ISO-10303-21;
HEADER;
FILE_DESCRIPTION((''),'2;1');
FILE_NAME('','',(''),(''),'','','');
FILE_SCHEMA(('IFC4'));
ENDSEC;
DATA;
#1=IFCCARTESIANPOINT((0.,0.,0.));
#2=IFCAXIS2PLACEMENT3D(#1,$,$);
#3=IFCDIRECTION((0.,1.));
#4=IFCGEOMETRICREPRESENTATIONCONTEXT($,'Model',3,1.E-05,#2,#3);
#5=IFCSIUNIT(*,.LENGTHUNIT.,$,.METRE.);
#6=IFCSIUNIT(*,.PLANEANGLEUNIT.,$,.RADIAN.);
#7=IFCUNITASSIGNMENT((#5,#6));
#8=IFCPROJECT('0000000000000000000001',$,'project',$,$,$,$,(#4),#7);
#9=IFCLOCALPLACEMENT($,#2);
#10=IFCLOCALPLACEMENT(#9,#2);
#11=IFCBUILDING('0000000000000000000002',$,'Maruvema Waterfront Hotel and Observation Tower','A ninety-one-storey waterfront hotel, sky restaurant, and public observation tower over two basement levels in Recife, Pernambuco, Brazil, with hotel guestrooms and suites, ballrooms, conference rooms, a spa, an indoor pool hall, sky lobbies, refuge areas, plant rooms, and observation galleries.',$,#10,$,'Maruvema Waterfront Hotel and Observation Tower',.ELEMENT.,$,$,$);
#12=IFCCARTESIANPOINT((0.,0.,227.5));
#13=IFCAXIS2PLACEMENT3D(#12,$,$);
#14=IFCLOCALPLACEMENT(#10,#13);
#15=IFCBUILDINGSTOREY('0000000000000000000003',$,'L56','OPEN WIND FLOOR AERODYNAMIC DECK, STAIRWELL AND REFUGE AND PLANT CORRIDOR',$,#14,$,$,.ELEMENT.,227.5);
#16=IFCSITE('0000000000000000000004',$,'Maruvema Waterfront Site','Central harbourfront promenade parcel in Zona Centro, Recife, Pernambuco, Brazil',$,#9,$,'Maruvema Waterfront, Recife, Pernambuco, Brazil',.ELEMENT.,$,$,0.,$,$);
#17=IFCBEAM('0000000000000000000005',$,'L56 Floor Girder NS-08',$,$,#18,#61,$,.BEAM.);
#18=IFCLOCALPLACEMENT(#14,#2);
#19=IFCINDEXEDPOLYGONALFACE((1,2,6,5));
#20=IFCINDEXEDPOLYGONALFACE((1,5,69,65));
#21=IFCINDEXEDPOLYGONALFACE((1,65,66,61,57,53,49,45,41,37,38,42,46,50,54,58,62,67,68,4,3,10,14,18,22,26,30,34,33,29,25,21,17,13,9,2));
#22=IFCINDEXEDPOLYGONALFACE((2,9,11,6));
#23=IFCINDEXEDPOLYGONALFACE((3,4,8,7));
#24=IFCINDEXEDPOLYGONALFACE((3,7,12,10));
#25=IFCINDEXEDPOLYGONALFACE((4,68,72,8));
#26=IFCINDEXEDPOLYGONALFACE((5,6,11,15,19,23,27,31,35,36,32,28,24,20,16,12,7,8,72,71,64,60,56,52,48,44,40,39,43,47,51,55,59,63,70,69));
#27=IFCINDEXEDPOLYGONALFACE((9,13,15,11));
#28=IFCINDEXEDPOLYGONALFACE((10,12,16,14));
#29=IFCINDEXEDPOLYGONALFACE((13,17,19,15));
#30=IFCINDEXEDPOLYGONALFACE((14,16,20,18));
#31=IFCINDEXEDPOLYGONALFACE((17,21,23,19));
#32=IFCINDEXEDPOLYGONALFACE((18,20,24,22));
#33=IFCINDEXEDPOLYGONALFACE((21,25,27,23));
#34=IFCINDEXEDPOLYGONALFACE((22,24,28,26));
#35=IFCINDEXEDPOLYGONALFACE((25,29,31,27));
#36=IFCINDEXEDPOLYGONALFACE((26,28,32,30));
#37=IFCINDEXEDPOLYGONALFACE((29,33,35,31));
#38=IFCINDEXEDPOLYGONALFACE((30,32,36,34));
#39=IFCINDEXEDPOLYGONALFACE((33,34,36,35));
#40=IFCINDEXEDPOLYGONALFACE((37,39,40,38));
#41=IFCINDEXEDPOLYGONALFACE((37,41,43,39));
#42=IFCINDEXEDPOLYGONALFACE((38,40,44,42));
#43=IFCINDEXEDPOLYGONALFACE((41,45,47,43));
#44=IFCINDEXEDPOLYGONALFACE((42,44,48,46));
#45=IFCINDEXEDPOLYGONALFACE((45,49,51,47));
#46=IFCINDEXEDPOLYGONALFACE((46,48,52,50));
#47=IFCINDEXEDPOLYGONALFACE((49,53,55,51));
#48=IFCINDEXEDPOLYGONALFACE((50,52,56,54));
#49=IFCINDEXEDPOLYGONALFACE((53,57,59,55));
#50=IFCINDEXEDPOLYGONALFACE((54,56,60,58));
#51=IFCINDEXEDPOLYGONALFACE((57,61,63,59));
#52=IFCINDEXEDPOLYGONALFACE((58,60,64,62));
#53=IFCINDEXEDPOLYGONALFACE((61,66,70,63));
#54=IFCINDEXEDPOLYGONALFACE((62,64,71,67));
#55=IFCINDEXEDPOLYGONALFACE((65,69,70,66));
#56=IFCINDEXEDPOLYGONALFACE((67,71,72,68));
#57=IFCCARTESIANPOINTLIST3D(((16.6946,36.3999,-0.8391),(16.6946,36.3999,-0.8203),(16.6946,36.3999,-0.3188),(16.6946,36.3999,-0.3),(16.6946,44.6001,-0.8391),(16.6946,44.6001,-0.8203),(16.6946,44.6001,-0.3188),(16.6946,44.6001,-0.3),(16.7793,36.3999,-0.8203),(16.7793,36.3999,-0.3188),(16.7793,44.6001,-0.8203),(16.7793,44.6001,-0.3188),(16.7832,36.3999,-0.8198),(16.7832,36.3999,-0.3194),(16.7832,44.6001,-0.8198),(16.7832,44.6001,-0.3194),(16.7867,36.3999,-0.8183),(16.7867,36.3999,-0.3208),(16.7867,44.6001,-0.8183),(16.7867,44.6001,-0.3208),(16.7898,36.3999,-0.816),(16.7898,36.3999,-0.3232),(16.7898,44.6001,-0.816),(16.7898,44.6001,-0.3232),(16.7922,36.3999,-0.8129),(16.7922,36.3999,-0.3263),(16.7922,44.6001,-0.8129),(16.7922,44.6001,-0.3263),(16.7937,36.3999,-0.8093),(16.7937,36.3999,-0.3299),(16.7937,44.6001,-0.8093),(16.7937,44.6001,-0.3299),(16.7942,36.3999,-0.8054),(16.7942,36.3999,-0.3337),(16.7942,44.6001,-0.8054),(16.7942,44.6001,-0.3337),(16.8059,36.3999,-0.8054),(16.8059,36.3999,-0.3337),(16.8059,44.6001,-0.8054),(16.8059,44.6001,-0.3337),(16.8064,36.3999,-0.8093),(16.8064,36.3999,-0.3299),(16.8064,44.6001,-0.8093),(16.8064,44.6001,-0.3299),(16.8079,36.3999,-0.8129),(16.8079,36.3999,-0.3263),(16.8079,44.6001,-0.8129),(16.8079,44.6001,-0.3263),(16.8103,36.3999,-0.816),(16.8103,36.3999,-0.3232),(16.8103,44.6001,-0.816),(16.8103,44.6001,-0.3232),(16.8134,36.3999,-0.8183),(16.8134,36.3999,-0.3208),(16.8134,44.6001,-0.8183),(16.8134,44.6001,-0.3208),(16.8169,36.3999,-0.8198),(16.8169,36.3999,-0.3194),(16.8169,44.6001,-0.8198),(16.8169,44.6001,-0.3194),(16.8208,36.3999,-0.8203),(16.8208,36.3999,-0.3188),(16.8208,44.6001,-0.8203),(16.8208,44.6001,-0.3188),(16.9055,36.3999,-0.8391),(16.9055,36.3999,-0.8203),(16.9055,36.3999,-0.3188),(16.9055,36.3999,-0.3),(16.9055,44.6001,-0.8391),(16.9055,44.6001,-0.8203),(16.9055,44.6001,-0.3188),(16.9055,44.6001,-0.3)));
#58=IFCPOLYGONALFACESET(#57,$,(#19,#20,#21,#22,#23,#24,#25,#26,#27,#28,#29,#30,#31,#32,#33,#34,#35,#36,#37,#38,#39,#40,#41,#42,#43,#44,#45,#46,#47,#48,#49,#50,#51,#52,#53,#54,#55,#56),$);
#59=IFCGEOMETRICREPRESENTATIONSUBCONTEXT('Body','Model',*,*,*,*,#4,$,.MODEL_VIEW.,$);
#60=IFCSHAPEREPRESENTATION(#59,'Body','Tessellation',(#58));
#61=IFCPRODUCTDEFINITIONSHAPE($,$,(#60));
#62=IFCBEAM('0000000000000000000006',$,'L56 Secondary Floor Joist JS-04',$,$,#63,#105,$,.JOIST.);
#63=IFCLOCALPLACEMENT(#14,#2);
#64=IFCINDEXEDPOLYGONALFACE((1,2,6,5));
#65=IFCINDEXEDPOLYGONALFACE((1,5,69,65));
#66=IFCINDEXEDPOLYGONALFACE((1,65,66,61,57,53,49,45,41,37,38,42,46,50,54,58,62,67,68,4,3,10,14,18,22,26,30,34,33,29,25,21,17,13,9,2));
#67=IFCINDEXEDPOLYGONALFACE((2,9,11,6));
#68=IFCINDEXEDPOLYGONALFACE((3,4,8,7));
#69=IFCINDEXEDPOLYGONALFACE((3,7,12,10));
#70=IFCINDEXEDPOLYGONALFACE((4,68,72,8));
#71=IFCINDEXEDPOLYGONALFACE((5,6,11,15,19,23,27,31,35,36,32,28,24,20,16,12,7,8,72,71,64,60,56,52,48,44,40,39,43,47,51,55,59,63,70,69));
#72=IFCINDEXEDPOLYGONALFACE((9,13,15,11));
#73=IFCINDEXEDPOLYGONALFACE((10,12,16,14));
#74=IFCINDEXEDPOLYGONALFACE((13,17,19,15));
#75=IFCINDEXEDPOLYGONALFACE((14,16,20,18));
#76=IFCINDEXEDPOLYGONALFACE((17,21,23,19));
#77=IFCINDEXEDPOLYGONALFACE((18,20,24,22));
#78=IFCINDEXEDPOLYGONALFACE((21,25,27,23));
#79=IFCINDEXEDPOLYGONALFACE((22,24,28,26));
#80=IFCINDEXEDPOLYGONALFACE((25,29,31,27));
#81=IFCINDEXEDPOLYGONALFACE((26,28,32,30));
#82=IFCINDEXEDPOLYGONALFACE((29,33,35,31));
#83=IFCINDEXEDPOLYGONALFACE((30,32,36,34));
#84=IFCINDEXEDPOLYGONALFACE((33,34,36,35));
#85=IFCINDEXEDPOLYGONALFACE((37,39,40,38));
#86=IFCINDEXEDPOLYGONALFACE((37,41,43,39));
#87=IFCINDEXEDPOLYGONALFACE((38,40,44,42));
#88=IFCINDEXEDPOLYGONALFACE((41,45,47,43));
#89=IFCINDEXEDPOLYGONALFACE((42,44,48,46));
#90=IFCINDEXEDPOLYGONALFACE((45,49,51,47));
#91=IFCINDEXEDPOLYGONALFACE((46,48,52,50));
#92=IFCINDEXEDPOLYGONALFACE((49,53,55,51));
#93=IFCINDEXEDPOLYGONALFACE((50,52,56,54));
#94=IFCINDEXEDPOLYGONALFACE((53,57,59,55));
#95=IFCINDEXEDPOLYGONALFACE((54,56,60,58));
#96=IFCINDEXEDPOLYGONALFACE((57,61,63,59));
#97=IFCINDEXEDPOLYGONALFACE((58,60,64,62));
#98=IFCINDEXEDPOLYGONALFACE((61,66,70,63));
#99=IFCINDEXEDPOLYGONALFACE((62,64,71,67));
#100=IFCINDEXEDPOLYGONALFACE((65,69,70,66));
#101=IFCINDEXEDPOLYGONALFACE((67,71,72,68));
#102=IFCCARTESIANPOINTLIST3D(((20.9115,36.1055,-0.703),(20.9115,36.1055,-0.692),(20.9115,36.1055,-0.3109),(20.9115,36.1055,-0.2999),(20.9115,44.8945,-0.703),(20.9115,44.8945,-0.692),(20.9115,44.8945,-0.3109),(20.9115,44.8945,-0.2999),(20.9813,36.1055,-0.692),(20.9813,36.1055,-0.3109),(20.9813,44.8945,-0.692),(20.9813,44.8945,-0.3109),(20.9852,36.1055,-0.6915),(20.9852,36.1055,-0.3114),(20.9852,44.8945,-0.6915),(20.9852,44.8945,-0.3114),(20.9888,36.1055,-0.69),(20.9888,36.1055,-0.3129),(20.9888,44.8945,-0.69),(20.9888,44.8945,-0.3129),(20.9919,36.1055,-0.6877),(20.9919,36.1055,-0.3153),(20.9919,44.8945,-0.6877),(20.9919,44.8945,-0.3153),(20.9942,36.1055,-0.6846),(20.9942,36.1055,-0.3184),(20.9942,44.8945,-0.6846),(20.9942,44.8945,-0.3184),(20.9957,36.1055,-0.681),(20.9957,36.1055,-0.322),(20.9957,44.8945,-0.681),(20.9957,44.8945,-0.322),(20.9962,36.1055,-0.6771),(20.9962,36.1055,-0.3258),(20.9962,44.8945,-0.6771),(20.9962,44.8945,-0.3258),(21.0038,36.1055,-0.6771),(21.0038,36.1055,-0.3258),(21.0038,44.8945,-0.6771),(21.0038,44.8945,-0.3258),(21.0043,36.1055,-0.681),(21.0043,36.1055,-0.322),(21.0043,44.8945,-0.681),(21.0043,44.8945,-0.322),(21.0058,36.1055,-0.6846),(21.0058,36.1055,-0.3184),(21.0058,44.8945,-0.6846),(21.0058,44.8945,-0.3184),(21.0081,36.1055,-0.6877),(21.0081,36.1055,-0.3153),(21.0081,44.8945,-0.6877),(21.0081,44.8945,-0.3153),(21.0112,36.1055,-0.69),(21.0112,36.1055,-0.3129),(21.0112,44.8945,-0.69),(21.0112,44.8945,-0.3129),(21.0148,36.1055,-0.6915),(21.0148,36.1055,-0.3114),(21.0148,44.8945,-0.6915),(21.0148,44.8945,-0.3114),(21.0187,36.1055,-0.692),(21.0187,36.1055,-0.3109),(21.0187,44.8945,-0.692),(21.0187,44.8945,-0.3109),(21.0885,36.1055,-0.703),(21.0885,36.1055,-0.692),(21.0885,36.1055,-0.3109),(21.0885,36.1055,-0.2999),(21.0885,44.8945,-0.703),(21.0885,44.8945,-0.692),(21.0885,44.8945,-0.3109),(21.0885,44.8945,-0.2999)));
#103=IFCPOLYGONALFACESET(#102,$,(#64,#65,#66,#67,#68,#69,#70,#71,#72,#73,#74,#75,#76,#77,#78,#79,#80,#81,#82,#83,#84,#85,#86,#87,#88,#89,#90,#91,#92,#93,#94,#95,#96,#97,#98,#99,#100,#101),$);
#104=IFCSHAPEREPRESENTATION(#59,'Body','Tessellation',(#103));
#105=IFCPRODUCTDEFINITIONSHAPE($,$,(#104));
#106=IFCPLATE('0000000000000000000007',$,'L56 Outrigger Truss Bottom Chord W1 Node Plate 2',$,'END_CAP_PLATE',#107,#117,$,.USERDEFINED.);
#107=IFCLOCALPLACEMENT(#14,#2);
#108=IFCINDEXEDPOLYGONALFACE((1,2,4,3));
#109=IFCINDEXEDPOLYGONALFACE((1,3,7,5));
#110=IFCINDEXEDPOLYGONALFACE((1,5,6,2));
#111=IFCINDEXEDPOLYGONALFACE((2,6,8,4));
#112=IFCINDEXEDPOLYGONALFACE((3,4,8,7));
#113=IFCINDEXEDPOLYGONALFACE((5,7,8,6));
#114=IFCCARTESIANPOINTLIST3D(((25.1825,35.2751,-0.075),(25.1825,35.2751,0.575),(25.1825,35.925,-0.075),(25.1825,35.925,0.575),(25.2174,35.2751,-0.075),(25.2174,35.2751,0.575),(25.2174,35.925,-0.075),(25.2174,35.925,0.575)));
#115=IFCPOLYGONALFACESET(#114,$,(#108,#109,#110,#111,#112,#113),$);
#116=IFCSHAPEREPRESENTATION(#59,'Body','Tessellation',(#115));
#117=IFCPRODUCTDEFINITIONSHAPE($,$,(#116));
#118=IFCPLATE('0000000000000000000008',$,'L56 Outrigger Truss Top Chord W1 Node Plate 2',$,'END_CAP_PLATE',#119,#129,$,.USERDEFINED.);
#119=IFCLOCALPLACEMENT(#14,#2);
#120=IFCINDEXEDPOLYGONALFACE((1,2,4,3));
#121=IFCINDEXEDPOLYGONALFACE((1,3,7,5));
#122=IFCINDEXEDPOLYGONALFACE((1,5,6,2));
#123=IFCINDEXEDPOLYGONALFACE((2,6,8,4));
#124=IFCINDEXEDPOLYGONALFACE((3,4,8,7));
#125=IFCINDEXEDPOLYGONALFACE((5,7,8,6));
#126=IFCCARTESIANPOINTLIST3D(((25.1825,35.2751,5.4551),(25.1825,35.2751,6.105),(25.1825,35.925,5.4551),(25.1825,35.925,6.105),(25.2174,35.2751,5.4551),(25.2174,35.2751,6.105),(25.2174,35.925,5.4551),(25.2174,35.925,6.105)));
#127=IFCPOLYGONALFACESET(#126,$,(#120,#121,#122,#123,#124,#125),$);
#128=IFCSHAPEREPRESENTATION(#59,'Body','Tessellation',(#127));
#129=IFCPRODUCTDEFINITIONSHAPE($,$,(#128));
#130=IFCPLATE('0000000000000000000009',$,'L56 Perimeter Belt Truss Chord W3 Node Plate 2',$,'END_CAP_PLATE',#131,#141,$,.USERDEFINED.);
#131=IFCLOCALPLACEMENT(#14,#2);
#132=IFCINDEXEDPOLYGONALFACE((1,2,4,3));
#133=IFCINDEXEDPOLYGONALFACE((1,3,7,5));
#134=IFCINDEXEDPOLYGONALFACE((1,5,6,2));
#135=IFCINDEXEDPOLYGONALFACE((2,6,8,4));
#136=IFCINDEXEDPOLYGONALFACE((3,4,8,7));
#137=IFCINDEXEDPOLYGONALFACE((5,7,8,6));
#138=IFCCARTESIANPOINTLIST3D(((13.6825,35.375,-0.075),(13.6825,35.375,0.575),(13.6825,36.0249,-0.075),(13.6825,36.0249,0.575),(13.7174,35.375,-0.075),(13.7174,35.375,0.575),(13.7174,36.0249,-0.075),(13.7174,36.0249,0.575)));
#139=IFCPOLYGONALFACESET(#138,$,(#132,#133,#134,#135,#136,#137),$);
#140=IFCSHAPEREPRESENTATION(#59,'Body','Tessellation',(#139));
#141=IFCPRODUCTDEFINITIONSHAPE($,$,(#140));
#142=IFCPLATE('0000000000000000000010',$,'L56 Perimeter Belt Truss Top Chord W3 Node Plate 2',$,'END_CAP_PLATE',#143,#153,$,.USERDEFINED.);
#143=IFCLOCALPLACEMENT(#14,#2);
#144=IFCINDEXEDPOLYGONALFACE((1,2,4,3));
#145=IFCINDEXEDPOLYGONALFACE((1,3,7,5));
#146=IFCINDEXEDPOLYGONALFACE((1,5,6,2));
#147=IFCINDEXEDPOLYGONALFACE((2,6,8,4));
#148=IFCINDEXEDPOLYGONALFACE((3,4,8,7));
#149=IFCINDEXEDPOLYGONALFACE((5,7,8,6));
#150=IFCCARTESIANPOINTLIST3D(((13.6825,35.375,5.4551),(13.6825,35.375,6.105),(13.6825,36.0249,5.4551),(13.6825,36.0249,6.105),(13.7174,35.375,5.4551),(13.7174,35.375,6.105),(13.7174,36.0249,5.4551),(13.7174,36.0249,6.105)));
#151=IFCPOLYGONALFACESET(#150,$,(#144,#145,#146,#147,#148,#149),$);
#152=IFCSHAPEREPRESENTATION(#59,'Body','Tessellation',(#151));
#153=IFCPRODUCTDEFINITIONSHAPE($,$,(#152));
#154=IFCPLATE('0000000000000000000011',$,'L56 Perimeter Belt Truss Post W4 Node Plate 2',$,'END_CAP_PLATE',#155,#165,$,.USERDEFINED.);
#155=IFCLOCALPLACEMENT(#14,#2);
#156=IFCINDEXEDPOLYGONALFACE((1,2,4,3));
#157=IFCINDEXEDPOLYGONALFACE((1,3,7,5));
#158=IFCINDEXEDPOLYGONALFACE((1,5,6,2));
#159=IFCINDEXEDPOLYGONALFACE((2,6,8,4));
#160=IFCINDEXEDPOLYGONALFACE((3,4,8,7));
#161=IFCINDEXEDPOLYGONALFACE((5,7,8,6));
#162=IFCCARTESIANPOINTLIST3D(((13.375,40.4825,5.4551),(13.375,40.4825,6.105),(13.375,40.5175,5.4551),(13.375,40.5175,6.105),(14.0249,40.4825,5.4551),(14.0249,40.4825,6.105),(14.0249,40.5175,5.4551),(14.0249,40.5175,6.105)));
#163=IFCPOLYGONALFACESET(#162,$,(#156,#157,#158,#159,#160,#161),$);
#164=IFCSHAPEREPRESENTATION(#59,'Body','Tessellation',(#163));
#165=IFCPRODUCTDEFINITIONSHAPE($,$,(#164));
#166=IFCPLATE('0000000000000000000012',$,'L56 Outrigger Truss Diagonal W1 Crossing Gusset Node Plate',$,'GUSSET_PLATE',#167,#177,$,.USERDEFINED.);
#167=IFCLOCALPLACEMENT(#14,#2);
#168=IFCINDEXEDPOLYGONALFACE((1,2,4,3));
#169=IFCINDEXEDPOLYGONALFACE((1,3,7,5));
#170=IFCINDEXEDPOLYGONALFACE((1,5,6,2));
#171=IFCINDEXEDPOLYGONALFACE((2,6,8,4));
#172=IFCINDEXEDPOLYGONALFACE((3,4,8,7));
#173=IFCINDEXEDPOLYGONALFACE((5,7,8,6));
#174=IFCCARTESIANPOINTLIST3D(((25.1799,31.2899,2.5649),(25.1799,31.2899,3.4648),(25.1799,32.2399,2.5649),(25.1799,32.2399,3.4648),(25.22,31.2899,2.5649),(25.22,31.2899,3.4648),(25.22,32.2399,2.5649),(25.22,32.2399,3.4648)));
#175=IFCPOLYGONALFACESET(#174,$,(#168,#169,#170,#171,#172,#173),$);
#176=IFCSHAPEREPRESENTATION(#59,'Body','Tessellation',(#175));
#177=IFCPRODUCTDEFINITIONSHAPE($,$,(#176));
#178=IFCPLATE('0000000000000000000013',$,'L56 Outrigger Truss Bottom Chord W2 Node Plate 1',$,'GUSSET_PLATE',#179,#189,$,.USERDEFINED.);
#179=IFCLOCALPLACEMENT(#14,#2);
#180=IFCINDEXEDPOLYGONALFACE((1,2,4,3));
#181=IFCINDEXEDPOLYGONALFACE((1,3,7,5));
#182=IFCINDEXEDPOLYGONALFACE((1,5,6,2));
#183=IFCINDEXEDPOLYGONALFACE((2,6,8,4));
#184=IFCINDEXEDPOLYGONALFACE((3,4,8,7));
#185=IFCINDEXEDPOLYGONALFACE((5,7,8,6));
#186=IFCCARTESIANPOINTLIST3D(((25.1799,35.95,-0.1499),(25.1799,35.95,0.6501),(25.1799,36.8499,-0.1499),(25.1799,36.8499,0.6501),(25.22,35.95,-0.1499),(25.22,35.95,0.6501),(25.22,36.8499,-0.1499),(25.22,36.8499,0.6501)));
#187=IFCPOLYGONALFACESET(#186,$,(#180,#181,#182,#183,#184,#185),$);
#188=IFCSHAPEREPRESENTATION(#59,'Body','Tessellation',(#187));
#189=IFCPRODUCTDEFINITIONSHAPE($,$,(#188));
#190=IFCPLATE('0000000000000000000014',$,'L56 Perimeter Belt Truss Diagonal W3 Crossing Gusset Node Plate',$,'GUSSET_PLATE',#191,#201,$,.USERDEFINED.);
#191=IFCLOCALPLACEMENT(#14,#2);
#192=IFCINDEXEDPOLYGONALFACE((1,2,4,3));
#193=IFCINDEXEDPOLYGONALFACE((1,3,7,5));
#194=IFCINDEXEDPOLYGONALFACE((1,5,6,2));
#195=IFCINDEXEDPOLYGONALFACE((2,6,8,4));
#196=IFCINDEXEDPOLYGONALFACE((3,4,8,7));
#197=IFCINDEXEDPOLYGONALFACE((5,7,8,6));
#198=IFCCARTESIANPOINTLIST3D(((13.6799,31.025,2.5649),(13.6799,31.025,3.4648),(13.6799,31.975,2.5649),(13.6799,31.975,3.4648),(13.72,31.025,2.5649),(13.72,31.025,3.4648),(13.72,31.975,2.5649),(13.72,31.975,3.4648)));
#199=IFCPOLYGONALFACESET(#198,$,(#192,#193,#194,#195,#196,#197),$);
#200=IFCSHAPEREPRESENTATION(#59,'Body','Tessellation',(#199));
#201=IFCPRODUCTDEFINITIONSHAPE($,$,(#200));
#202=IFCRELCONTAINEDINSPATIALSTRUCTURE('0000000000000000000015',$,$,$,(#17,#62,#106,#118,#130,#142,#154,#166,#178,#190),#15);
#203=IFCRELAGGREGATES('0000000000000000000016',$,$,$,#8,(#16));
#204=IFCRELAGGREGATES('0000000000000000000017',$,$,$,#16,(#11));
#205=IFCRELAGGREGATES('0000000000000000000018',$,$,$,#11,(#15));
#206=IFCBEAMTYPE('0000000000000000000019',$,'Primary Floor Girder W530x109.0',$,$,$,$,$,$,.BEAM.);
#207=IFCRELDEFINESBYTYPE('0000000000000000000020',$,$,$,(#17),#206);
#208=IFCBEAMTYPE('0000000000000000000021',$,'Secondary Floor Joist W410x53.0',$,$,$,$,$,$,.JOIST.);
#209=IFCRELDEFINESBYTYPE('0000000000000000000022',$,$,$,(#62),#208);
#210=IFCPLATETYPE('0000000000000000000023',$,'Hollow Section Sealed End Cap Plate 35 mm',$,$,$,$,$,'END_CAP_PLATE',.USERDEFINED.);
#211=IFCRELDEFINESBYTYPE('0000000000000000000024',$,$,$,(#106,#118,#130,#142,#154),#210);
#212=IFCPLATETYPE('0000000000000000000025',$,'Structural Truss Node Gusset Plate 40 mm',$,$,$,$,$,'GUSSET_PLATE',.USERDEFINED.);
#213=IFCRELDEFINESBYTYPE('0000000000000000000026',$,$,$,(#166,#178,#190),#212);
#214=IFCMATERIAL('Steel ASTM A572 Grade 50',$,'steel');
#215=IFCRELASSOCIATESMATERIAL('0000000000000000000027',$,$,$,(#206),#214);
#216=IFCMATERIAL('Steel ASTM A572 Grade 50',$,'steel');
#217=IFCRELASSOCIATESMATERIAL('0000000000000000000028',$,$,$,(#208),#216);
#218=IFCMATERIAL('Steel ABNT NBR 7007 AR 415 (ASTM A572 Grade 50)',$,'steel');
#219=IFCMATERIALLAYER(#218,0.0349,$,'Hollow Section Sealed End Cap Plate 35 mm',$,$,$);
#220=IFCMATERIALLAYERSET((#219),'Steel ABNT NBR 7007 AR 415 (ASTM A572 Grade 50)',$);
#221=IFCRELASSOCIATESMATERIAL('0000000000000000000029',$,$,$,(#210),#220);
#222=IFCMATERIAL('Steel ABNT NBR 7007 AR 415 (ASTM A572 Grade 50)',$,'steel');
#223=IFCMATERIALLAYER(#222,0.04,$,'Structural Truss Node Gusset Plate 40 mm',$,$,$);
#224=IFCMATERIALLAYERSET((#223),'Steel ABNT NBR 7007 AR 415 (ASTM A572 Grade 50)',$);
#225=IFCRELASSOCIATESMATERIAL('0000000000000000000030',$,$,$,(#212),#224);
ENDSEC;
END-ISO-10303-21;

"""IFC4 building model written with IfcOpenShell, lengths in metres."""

from ifc_helpers import new_model, si_unit, direction, frame, origin, origin_2d, place, context, subcontext, project, spatial, rectangle, i_section, extrude, material, layer, layer_set, material_profile, profile_set, type_object, element, save


model = new_model("IFC4")

# Units and contexts
model_context = context("Model", 3, precision=1e-05, world=origin(), true_north=direction((0.0, 1.0)))
body_context = subcontext(model_context, "Body", "Model", "MODEL_VIEW")
ifc_project = project(units=[si_unit("LENGTHUNIT", "METRE"), si_unit("PLANEANGLEUNIT", "RADIAN")], contexts=[model_context])

# Site, building, storey
site_placement = place(None, origin())
site = spatial("IfcSite", under=ifc_project, at=site_placement, Name="Maruvema Waterfront Site", Description="Central harbourfront promenade parcel in Zona Centro, Recife, Pernambuco, Brazil", LongName="Maruvema Waterfront, Recife, Pernambuco, Brazil", CompositionType="ELEMENT", RefElevation=0.0)
building_placement = place(site_placement, origin())
building = spatial("IfcBuilding", under=site, at=building_placement, Name="Maruvema Waterfront Hotel and Observation Tower", Description="A ninety-one-storey waterfront hotel, sky restaurant, and public observation tower over two basement levels in Recife, Pernambuco, Brazil, with hotel guestrooms and suites, ballrooms, conference rooms, a spa, an indoor pool hall, sky lobbies, refuge areas, plant rooms, and observation galleries.", LongName="Maruvema Waterfront Hotel and Observation Tower", CompositionType="ELEMENT")
storey_placement = place(building_placement, frame((0.0, 0.0, 227.5)))
storey = spatial("IfcBuildingStorey", under=building, at=storey_placement, Name="L56", Description="OPEN WIND FLOOR AERODYNAMIC DECK, STAIRWELL AND REFUGE AND PLANT CORRIDOR", CompositionType="ELEMENT", Elevation=227.5)

# Beams
ifc_material_1 = material(Name="Steel ASTM A572 Grade 50", Category="steel")
ifc_material_profile_1 = material_profile(ifc_material_1, i_section(OverallWidth=0.2109, OverallDepth=0.5391, WebThickness=0.0117, FlangeThickness=0.0188, FilletRadius=0.0149, at=origin_2d()), Name="W530x109.0")
ifc_profile_set_1 = profile_set([ifc_material_profile_1], Name="Steel ASTM A572 Grade 50")
beam_type_1 = type_object("IfcBeamType", Name="Primary Floor Girder W530x109.0", PredefinedType="BEAM", material=ifc_profile_set_1)
beam_1_placement = place(storey_placement, frame((16.8, 36.3999, -0.5696), z_axis=(0.0, 1.0, 0.0), x_axis=(-1.0, 0.0, 0.0)))
element("IfcBeam", 1, at=beam_1_placement, inside=storey, type_object=beam_type_1, Name="L56 Floor Girder NS-08", PredefinedType="BEAM", context=body_context, shape_type="SweptSolid", body=[
    extrude(i_section(OverallWidth=0.2109, OverallDepth=0.5391, WebThickness=0.0117, FlangeThickness=0.0188, FilletRadius=0.0149, at=origin_2d()), origin(), (0.0, 0.0, 1.0), 8.2002),
])
ifc_material_2 = material(Name="Steel ASTM A572 Grade 50", Category="steel")
ifc_material_profile_2 = material_profile(ifc_material_2, i_section(OverallWidth=0.177, OverallDepth=0.4031, WebThickness=0.0076, FlangeThickness=0.011, FilletRadius=0.0149, at=origin_2d()), Name="W410x53.0")
ifc_profile_set_2 = profile_set([ifc_material_profile_2], Name="Steel ASTM A572 Grade 50")
beam_type_2 = type_object("IfcBeamType", Name="Secondary Floor Joist W410x53.0", PredefinedType="JOIST", material=ifc_profile_set_2)
beam_2_placement = place(storey_placement, frame((21.0, 36.1055, -0.5015), z_axis=(0.0, 1.0, 0.0), x_axis=(-1.0, 0.0, 0.0)))
element("IfcBeam", 2, at=beam_2_placement, inside=storey, type_object=beam_type_2, Name="L56 Secondary Floor Joist JS-04", PredefinedType="JOIST", context=body_context, shape_type="SweptSolid", body=[
    extrude(i_section(OverallWidth=0.177, OverallDepth=0.4031, WebThickness=0.0076, FlangeThickness=0.011, FilletRadius=0.0149, at=origin_2d()), origin(), (0.0, 0.0, 1.0), 8.7891),
])

# Plates
ifc_material_3 = material(Name="Steel ABNT NBR 7007 AR 415 (ASTM A572 Grade 50)", Category="steel")
ifc_layer_1 = layer(ifc_material_3, 0.0349, Name="Hollow Section Sealed End Cap Plate 35 mm")
ifc_layer_set_1 = layer_set([ifc_layer_1], Name="Steel ABNT NBR 7007 AR 415 (ASTM A572 Grade 50)")
plate_type_1 = type_object("IfcPlateType", Name="Hollow Section Sealed End Cap Plate 35 mm", ElementType="END_CAP_PLATE", PredefinedType="USERDEFINED", material=ifc_layer_set_1)
for number, where, z_axis, x_axis, name in (
    (3, (25.2, 35.6001, -0.075), (0.0, 0.0, 1.0), (0.0, 1.0, 0.0), "L56 Outrigger Truss Bottom Chord W1 Node Plate 2"),
    (4, (25.2, 35.6001, 5.4551), (0.0, 0.0, 1.0), (0.0, 1.0, 0.0), "L56 Outrigger Truss Top Chord W1 Node Plate 2"),
    (5, (13.7, 35.7, -0.075), (0.0, 0.0, 1.0), (0.0, 1.0, 0.0), "L56 Perimeter Belt Truss Chord W3 Node Plate 2"),
    (6, (13.7, 35.7, 5.4551), (0.0, 0.0, 1.0), (0.0, 1.0, 0.0), "L56 Perimeter Belt Truss Top Chord W3 Node Plate 2"),
    (7, (13.7, 40.5, 5.4551), (0.0, 0.0, 1.0), (1.0, 0.0, 0.0), "L56 Perimeter Belt Truss Post W4 Node Plate 2"),
):
    element("IfcPlate", number, at=place(storey_placement, frame(where, z_axis=z_axis, x_axis=x_axis)), inside=storey, type_object=plate_type_1, Name=name, ObjectType="END_CAP_PLATE", PredefinedType="USERDEFINED", context=body_context, shape_type="SweptSolid", body=[
        extrude(rectangle(XDim=0.6499, YDim=0.0349, at=origin_2d()), origin(), (0.0, 0.0, 1.0), 0.6499),
    ])
ifc_material_4 = material(Name="Steel ABNT NBR 7007 AR 415 (ASTM A572 Grade 50)", Category="steel")
ifc_layer_2 = layer(ifc_material_4, 0.04, Name="Structural Truss Node Gusset Plate 40 mm")
ifc_layer_set_2 = layer_set([ifc_layer_2], Name="Steel ABNT NBR 7007 AR 415 (ASTM A572 Grade 50)")
plate_type_2 = type_object("IfcPlateType", Name="Structural Truss Node Gusset Plate 40 mm", ElementType="GUSSET_PLATE", PredefinedType="USERDEFINED", material=ifc_layer_set_2)
plate_1_placement = place(storey_placement, frame((25.2, 31.7649, 2.5649), z_axis=(0.0, 0.0, 1.0), x_axis=(0.0, -1.0, 0.0)))
element("IfcPlate", 8, at=plate_1_placement, inside=storey, type_object=plate_type_2, Name="L56 Outrigger Truss Diagonal W1 Crossing Gusset Node Plate", ObjectType="GUSSET_PLATE", PredefinedType="USERDEFINED", context=body_context, shape_type="SweptSolid", body=[
    extrude(rectangle(XDim=0.95, YDim=0.04, at=origin_2d()), origin(), (0.0, 0.0, 1.0), 0.8999),
])
plate_2_placement = place(storey_placement, frame((25.2, 36.3999, -0.1499), z_axis=(0.0, 0.0, 1.0), x_axis=(0.0, 1.0, 0.0)))
element("IfcPlate", 9, at=plate_2_placement, inside=storey, type_object=plate_type_2, Name="L56 Outrigger Truss Bottom Chord W2 Node Plate 1", ObjectType="GUSSET_PLATE", PredefinedType="USERDEFINED", context=body_context, shape_type="SweptSolid", body=[
    extrude(rectangle(XDim=0.8999, YDim=0.04, at=origin_2d()), origin(), (0.0, 0.0, 1.0), 0.8),
])
plate_3_placement = place(storey_placement, frame((13.7, 31.5, 2.5649), z_axis=(0.0, 0.0, 1.0), x_axis=(0.0, -1.0, 0.0)))
element("IfcPlate", 10, at=plate_3_placement, inside=storey, type_object=plate_type_2, Name="L56 Perimeter Belt Truss Diagonal W3 Crossing Gusset Node Plate", ObjectType="GUSSET_PLATE", PredefinedType="USERDEFINED", context=body_context, shape_type="SweptSolid", body=[
    extrude(rectangle(XDim=0.95, YDim=0.04, at=origin_2d()), origin(), (0.0, 0.0, 1.0), 0.8999),
])

save(model, "model.ifc")
